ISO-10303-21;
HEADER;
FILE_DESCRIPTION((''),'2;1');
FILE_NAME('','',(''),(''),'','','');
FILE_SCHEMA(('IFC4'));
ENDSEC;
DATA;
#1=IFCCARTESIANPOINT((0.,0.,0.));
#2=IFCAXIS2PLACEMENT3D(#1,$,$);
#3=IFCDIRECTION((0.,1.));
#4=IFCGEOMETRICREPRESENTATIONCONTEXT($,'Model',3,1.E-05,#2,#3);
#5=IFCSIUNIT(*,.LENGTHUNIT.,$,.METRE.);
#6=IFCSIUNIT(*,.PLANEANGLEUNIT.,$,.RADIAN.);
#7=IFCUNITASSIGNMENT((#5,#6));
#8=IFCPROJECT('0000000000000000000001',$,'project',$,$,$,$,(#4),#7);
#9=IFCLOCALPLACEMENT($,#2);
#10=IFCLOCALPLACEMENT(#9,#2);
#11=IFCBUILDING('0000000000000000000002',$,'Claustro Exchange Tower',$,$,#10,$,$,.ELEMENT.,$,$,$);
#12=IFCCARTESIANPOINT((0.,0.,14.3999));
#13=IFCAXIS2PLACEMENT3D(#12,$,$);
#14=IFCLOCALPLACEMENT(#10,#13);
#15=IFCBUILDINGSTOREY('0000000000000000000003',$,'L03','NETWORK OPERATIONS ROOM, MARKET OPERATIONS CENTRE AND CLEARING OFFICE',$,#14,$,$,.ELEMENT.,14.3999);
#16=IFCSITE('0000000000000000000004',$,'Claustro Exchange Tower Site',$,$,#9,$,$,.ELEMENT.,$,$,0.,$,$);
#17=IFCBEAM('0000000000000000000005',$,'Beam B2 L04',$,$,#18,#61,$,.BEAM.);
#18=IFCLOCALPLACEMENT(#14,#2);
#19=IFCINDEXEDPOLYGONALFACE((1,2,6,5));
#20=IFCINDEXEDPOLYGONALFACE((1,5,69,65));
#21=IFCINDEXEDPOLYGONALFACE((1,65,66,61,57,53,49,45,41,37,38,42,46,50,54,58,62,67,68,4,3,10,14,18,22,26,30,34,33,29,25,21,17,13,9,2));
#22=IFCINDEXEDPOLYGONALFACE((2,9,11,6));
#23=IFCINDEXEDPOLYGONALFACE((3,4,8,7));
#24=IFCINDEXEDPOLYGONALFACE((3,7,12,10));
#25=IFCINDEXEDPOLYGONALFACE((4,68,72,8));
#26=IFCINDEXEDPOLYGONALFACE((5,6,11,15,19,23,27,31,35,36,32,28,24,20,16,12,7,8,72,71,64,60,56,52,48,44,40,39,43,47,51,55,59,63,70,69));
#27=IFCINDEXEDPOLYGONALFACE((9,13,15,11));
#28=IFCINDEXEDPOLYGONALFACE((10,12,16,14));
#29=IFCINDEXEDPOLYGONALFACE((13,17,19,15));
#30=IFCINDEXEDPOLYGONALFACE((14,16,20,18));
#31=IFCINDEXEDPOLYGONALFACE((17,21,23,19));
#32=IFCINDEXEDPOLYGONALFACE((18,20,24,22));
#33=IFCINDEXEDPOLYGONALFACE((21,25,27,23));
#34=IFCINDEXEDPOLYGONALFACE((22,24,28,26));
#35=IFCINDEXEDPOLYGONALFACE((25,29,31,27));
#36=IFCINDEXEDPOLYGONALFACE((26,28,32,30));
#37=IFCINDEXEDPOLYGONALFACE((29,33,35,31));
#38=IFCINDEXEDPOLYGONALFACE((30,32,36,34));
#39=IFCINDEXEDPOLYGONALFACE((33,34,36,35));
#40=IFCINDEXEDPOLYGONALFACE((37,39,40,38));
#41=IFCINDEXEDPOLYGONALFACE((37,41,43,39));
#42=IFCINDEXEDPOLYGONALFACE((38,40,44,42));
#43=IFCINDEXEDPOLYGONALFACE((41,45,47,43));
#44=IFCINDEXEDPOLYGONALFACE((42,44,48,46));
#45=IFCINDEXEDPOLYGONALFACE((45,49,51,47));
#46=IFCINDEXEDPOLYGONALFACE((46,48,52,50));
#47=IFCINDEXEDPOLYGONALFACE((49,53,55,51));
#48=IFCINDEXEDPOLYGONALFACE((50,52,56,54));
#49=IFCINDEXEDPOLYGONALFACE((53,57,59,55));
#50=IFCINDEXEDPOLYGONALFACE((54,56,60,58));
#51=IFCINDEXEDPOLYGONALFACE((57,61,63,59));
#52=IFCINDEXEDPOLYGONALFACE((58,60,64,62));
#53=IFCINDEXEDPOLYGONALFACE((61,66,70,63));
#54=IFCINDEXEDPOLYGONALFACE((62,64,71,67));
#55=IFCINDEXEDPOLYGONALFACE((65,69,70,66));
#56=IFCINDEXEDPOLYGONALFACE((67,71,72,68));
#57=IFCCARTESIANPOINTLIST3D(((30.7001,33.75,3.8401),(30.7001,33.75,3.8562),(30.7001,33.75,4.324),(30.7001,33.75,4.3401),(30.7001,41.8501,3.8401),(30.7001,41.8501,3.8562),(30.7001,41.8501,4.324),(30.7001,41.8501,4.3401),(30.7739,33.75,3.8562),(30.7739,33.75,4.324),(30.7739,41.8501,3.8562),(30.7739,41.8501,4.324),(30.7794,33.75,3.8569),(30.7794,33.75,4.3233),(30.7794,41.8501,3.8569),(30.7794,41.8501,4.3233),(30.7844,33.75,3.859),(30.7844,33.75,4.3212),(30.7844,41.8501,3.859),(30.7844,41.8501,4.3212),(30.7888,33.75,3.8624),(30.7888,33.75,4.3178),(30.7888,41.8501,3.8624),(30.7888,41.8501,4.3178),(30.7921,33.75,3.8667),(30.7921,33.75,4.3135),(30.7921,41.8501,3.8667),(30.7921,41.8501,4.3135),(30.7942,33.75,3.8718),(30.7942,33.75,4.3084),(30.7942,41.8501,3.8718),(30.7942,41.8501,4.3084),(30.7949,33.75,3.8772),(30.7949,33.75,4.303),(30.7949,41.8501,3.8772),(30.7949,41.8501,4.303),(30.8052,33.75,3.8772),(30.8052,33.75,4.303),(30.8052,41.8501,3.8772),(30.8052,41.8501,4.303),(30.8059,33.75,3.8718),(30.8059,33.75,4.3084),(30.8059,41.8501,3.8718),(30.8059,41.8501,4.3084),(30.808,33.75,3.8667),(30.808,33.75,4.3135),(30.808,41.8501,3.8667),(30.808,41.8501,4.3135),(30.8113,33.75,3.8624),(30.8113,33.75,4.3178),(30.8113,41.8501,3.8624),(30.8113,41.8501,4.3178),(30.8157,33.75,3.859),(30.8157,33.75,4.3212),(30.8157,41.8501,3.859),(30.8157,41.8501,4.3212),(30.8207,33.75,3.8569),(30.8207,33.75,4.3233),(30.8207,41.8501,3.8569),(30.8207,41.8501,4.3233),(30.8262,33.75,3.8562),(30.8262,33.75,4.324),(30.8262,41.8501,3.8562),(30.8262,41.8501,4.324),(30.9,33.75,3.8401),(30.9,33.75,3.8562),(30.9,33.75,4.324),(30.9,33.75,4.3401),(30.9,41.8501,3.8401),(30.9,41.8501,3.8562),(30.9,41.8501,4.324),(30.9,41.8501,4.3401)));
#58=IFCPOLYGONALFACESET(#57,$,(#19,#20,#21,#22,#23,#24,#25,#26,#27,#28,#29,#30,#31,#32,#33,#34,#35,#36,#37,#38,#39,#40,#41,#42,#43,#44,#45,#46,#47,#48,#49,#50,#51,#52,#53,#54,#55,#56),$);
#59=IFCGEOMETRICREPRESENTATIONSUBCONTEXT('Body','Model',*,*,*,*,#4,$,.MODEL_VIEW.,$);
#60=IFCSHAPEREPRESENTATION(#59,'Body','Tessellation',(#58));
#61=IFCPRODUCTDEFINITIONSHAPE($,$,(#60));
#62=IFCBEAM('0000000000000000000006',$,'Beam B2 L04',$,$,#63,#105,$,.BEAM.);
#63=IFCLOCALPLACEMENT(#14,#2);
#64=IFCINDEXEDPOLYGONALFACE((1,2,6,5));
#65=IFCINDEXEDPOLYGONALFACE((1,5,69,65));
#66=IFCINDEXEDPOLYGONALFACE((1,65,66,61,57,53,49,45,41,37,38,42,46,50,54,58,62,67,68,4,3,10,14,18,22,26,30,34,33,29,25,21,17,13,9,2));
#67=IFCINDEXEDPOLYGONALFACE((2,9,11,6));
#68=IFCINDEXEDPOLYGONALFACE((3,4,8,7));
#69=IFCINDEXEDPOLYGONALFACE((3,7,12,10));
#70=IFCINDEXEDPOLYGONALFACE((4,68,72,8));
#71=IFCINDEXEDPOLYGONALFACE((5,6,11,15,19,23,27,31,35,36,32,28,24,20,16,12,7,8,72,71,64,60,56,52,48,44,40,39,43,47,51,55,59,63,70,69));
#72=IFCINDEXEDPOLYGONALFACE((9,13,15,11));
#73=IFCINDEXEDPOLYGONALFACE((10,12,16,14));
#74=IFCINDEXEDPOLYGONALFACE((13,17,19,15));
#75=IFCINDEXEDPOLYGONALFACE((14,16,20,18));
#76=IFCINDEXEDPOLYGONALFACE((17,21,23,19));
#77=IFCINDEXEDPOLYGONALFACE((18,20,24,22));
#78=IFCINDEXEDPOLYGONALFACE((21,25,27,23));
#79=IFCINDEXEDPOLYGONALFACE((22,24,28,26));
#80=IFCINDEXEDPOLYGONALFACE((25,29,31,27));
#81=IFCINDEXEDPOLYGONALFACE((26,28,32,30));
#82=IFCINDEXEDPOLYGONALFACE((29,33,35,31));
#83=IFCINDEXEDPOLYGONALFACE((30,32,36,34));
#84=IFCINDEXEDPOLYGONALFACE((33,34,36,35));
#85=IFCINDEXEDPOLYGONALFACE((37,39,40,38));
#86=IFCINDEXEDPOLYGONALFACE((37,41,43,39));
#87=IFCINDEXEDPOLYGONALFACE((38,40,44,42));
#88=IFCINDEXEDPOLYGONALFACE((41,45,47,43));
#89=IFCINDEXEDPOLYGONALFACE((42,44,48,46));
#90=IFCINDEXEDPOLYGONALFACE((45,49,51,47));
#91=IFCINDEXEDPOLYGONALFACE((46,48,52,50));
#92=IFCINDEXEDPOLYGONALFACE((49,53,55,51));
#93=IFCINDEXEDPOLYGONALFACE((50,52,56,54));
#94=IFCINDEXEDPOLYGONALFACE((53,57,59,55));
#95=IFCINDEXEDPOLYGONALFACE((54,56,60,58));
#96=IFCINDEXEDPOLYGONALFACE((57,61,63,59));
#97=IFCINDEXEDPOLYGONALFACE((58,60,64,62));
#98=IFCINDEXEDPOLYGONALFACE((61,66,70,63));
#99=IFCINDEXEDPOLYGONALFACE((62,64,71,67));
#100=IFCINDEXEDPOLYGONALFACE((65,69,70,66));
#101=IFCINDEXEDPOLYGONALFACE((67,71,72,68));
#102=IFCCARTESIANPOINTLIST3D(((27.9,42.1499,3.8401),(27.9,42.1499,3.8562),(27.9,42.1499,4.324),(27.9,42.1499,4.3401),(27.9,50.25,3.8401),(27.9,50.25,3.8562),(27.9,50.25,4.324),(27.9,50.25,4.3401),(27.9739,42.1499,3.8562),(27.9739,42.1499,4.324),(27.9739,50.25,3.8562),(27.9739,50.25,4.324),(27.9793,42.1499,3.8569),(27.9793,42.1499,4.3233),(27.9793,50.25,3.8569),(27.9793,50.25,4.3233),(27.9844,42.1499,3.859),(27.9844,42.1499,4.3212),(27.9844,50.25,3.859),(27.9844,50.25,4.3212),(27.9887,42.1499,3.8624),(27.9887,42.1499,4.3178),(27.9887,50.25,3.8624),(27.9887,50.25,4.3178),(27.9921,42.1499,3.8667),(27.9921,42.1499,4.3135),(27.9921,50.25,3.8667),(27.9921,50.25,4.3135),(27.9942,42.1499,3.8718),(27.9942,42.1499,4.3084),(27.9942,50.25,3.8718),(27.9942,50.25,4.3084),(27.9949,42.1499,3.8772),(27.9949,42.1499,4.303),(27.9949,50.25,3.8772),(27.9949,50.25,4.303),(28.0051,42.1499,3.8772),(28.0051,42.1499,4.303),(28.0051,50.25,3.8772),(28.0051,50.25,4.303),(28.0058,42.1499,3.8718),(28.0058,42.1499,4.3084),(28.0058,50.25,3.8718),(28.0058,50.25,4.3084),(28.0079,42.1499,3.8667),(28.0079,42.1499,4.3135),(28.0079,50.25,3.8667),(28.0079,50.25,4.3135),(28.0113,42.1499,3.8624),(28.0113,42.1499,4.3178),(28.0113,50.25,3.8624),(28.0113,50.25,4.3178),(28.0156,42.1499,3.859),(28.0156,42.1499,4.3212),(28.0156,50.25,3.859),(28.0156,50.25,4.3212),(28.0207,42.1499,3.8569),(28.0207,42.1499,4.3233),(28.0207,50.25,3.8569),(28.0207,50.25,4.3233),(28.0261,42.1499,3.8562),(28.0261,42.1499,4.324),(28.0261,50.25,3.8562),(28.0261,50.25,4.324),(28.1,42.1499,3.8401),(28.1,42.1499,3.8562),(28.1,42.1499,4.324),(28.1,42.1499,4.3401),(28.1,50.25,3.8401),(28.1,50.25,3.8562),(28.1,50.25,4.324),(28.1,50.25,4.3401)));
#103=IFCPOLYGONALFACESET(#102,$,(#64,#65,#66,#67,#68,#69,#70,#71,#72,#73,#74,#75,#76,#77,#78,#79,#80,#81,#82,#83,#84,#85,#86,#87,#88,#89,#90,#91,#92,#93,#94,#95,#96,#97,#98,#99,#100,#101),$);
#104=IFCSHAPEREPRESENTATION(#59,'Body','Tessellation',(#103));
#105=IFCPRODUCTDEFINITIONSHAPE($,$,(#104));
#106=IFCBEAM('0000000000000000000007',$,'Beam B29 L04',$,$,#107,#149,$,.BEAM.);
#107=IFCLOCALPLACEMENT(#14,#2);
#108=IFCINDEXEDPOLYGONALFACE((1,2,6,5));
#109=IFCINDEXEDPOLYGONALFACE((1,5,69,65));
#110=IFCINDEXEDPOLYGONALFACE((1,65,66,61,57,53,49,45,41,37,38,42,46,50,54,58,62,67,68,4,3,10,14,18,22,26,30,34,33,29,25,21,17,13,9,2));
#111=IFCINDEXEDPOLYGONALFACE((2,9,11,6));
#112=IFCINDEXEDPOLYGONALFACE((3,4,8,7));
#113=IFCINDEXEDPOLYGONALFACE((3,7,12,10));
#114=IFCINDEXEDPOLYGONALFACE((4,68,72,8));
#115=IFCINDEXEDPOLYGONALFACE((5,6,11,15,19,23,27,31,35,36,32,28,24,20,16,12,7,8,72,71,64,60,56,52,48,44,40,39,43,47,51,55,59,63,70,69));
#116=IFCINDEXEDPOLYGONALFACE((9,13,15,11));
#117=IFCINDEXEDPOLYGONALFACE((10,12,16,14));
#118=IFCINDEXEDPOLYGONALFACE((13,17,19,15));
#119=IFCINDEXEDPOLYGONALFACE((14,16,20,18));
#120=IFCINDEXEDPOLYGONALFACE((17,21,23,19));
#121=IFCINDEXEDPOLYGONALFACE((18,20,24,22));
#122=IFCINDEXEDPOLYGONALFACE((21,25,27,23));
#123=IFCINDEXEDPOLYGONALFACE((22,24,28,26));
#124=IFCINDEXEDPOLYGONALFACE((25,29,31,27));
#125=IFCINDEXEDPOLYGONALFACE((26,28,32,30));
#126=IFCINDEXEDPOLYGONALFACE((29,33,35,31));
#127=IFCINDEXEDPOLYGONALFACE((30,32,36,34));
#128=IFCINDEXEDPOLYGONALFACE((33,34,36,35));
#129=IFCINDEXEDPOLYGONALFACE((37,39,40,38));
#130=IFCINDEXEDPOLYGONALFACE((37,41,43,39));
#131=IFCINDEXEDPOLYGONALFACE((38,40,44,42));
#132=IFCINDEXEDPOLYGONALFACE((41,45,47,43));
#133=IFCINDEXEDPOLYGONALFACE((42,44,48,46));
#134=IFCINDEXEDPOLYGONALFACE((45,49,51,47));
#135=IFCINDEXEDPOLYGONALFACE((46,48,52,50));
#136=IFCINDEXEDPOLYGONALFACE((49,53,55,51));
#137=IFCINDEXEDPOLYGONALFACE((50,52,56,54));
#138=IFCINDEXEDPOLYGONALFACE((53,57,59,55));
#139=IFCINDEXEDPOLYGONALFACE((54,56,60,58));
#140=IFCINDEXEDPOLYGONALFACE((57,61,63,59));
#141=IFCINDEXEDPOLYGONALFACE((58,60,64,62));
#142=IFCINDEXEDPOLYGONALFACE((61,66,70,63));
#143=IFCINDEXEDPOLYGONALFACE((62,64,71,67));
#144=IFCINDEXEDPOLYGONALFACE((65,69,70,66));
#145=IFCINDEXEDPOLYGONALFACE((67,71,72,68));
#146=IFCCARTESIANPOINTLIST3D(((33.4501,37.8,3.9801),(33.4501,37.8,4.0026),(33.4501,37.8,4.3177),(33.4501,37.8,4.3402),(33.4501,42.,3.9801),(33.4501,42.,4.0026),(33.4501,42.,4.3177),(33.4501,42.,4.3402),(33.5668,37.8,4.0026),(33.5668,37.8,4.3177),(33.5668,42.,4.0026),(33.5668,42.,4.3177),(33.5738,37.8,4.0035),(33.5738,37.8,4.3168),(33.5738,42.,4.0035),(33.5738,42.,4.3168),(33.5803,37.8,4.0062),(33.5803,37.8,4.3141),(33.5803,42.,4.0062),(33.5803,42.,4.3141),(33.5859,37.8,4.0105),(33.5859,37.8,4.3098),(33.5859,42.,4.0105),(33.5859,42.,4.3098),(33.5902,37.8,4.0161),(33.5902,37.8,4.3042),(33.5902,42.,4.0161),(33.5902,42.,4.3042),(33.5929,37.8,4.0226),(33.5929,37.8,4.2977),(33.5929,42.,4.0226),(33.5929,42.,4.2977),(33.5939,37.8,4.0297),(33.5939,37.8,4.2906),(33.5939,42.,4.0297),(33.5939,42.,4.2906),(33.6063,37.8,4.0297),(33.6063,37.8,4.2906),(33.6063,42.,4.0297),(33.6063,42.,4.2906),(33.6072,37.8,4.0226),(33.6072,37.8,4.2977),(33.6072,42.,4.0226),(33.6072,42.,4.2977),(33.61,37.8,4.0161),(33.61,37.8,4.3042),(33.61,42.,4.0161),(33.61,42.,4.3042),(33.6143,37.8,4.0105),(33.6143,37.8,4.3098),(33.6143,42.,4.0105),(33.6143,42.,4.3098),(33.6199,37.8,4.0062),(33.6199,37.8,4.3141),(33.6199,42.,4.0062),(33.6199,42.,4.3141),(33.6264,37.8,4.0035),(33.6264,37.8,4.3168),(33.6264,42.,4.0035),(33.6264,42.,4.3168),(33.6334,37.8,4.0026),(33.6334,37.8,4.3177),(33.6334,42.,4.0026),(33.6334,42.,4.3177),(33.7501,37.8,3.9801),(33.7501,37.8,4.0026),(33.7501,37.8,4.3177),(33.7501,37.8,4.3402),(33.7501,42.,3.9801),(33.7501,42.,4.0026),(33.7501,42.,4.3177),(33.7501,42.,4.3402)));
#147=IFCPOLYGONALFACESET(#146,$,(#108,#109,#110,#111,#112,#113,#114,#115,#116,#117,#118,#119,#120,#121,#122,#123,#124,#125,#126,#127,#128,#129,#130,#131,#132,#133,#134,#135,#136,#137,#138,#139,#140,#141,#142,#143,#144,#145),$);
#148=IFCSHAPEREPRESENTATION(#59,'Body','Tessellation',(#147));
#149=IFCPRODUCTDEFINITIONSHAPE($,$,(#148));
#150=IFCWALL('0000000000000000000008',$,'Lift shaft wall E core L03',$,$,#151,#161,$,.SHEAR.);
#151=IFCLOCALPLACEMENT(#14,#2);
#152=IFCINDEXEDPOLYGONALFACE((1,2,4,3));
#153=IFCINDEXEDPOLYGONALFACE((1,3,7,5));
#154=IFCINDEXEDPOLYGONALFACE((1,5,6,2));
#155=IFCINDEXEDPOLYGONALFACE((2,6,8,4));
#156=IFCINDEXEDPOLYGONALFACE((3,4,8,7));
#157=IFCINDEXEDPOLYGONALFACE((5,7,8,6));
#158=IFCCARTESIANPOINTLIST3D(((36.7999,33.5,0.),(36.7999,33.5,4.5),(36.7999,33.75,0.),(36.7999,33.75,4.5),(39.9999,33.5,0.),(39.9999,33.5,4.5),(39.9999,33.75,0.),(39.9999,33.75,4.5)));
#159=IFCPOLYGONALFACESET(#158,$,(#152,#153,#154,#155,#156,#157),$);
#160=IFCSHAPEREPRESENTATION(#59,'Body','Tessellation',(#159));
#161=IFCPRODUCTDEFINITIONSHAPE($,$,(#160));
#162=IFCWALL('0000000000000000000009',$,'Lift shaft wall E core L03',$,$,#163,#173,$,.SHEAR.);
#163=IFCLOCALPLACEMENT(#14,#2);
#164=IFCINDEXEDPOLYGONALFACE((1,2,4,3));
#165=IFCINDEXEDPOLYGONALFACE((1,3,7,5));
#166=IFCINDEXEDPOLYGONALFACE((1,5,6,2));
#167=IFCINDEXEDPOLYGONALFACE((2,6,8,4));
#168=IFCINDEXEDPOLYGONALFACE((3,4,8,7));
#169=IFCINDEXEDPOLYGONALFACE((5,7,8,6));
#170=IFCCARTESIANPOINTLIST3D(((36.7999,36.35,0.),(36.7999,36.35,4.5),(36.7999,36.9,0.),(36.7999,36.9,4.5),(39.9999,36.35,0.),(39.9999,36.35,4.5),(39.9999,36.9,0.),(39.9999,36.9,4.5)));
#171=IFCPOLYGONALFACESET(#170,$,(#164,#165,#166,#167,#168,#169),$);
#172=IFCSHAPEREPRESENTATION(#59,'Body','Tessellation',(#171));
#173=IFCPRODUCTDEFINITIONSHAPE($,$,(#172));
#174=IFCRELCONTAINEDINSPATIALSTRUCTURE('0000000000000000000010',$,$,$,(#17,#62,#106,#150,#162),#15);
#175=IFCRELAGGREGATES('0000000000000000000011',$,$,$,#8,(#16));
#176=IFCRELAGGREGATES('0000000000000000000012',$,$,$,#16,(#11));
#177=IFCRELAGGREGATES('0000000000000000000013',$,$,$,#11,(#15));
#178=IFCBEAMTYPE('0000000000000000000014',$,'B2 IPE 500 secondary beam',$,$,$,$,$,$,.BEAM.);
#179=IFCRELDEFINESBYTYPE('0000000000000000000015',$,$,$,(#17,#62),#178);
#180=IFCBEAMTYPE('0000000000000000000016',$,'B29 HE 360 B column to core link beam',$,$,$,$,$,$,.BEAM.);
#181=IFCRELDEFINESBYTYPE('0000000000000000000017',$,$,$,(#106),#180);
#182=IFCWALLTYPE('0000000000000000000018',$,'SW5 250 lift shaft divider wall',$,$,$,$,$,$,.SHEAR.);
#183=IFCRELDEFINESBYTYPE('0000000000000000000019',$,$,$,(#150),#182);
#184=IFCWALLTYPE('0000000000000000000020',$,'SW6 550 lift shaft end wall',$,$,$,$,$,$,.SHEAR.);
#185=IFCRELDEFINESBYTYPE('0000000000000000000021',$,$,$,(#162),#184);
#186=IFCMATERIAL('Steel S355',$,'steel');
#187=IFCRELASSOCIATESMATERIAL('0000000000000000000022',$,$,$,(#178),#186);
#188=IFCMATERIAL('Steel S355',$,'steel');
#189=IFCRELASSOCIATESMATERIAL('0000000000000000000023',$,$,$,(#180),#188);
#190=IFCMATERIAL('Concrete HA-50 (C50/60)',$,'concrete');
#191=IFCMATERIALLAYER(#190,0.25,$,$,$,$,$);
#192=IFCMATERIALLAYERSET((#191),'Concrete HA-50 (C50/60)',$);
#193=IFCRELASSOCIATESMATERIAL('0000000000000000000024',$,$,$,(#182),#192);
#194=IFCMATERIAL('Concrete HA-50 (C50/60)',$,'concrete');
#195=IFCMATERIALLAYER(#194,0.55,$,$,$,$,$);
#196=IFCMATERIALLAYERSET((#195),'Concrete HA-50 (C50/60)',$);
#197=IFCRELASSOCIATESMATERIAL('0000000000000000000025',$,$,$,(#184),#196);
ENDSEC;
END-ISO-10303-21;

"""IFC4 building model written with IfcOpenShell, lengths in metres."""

from ifc_helpers import new_model, si_unit, direction, frame, frame_2d, origin, origin_2d, place, context, subcontext, project, spatial, rectangle, i_section, extrude, material, layer, layer_set, material_profile, profile_set, type_object, element, save


model = new_model("IFC4")

# Units and contexts
model_context = context("Model", 3, precision=1e-05, world=origin(), true_north=direction((0.0, 1.0)))
body_context = subcontext(model_context, "Body", "Model", "MODEL_VIEW")
ifc_project = project(units=[si_unit("LENGTHUNIT", "METRE"), si_unit("PLANEANGLEUNIT", "RADIAN")], contexts=[model_context])

# Site, building, storey
site_placement = place(None, origin())
site = spatial("IfcSite", under=ifc_project, at=site_placement, Name="Claustro Exchange Tower Site", CompositionType="ELEMENT", RefElevation=0.0)
building_placement = place(site_placement, origin())
building = spatial("IfcBuilding", under=site, at=building_placement, Name="Claustro Exchange Tower", CompositionType="ELEMENT")
storey_placement = place(building_placement, frame((0.0, 0.0, 14.3999)))
storey = spatial("IfcBuildingStorey", under=building, at=storey_placement, Name="L03", Description="NETWORK OPERATIONS ROOM, MARKET OPERATIONS CENTRE AND CLEARING OFFICE", CompositionType="ELEMENT", Elevation=14.3999)

# Beams
ifc_material_1 = material(Name="Steel S355", Category="steel")
ifc_material_profile_1 = material_profile(ifc_material_1, i_section(OverallWidth=0.2, OverallDepth=0.5, WebThickness=0.0103, FlangeThickness=0.0161, FilletRadius=0.021, at=origin_2d()), Name="IPE 500")
ifc_profile_set_1 = profile_set([ifc_material_profile_1], Name="Steel S355")
beam_type_1 = type_object("IfcBeamType", Name="B2 IPE 500 secondary beam", PredefinedType="BEAM", material=ifc_profile_set_1)
for number, where, z_axis, x_axis, name in (
    (1, (30.8, 33.75, 4.0901), (0.0, 1.0, 0.0), (-1.0, 0.0, 0.0), "Beam B2 L04"),
    (2, (28.0, 42.1499, 4.0901), (0.0, 1.0, 0.0), (-1.0, 0.0, 0.0), "Beam B2 L04"),
):
    element("IfcBeam", number, at=place(storey_placement, frame(where, z_axis=z_axis, x_axis=x_axis)), inside=storey, type_object=beam_type_1, Name=name, PredefinedType="BEAM", context=body_context, shape_type="SweptSolid", body=[
        extrude(i_section(OverallWidth=0.2, OverallDepth=0.5, WebThickness=0.0103, FlangeThickness=0.0161, FilletRadius=0.021, at=origin_2d()), origin(), (0.0, 0.0, 1.0), 8.1001),
    ])
ifc_material_2 = material(Name="Steel S355", Category="steel")
ifc_material_profile_2 = material_profile(ifc_material_2, i_section(OverallWidth=0.3, OverallDepth=0.3601, WebThickness=0.0125, FlangeThickness=0.0225, FilletRadius=0.0271, at=origin_2d()), Name="HE 360 B")
ifc_profile_set_2 = profile_set([ifc_material_profile_2], Name="Steel S355")
beam_type_2 = type_object("IfcBeamType", Name="B29 HE 360 B column to core link beam", PredefinedType="BEAM", material=ifc_profile_set_2)
beam_1_placement = place(storey_placement, frame((33.6001, 37.8, 4.1602), z_axis=(0.0, 1.0, 0.0), x_axis=(-1.0, 0.0, 0.0)))
element("IfcBeam", 3, at=beam_1_placement, inside=storey, type_object=beam_type_2, Name="Beam B29 L04", PredefinedType="BEAM", context=body_context, shape_type="SweptSolid", body=[
    extrude(i_section(OverallWidth=0.3, OverallDepth=0.3601, WebThickness=0.0125, FlangeThickness=0.0225, FilletRadius=0.0271, at=origin_2d()), origin(), (0.0, 0.0, 1.0), 4.2),
])

# Walls
ifc_material_3 = material(Name="Concrete HA-50 (C50/60)", Category="concrete")
ifc_layer_1 = layer(ifc_material_3, 0.25)
ifc_layer_set_1 = layer_set([ifc_layer_1], Name="Concrete HA-50 (C50/60)")
wall_type_1 = type_object("IfcWallType", Name="SW5 250 lift shaft divider wall", PredefinedType="SHEAR", material=ifc_layer_set_1)
wall_1_placement = place(storey_placement, frame((40.0, 33.625, 0.0), z_axis=(0.0, 0.0, 1.0), x_axis=(-1.0, 0.0, 0.0)))
element("IfcWall", 4, at=wall_1_placement, inside=storey, type_object=wall_type_1, Name="Lift shaft wall E core L03", PredefinedType="SHEAR", context=body_context, shape_type="SweptSolid", body=[
    extrude(rectangle(XDim=3.2, YDim=0.25, at=frame_2d((1.6001, 0.0))), origin(), (0.0, 0.0, 1.0), 4.5),
])
ifc_material_4 = material(Name="Concrete HA-50 (C50/60)", Category="concrete")
ifc_layer_2 = layer(ifc_material_4, 0.55)
ifc_layer_set_2 = layer_set([ifc_layer_2], Name="Concrete HA-50 (C50/60)")
wall_type_2 = type_object("IfcWallType", Name="SW6 550 lift shaft end wall", PredefinedType="SHEAR", material=ifc_layer_set_2)
wall_2_placement = place(storey_placement, frame((40.0, 36.625, 0.0), z_axis=(0.0, 0.0, 1.0), x_axis=(-1.0, 0.0, 0.0)))
element("IfcWall", 5, at=wall_2_placement, inside=storey, type_object=wall_type_2, Name="Lift shaft wall E core L03", PredefinedType="SHEAR", context=body_context, shape_type="SweptSolid", body=[
    extrude(rectangle(XDim=3.2, YDim=0.55, at=frame_2d((1.6001, 0.0))), origin(), (0.0, 0.0, 1.0), 4.5),
])

save(model, "model.ifc")
